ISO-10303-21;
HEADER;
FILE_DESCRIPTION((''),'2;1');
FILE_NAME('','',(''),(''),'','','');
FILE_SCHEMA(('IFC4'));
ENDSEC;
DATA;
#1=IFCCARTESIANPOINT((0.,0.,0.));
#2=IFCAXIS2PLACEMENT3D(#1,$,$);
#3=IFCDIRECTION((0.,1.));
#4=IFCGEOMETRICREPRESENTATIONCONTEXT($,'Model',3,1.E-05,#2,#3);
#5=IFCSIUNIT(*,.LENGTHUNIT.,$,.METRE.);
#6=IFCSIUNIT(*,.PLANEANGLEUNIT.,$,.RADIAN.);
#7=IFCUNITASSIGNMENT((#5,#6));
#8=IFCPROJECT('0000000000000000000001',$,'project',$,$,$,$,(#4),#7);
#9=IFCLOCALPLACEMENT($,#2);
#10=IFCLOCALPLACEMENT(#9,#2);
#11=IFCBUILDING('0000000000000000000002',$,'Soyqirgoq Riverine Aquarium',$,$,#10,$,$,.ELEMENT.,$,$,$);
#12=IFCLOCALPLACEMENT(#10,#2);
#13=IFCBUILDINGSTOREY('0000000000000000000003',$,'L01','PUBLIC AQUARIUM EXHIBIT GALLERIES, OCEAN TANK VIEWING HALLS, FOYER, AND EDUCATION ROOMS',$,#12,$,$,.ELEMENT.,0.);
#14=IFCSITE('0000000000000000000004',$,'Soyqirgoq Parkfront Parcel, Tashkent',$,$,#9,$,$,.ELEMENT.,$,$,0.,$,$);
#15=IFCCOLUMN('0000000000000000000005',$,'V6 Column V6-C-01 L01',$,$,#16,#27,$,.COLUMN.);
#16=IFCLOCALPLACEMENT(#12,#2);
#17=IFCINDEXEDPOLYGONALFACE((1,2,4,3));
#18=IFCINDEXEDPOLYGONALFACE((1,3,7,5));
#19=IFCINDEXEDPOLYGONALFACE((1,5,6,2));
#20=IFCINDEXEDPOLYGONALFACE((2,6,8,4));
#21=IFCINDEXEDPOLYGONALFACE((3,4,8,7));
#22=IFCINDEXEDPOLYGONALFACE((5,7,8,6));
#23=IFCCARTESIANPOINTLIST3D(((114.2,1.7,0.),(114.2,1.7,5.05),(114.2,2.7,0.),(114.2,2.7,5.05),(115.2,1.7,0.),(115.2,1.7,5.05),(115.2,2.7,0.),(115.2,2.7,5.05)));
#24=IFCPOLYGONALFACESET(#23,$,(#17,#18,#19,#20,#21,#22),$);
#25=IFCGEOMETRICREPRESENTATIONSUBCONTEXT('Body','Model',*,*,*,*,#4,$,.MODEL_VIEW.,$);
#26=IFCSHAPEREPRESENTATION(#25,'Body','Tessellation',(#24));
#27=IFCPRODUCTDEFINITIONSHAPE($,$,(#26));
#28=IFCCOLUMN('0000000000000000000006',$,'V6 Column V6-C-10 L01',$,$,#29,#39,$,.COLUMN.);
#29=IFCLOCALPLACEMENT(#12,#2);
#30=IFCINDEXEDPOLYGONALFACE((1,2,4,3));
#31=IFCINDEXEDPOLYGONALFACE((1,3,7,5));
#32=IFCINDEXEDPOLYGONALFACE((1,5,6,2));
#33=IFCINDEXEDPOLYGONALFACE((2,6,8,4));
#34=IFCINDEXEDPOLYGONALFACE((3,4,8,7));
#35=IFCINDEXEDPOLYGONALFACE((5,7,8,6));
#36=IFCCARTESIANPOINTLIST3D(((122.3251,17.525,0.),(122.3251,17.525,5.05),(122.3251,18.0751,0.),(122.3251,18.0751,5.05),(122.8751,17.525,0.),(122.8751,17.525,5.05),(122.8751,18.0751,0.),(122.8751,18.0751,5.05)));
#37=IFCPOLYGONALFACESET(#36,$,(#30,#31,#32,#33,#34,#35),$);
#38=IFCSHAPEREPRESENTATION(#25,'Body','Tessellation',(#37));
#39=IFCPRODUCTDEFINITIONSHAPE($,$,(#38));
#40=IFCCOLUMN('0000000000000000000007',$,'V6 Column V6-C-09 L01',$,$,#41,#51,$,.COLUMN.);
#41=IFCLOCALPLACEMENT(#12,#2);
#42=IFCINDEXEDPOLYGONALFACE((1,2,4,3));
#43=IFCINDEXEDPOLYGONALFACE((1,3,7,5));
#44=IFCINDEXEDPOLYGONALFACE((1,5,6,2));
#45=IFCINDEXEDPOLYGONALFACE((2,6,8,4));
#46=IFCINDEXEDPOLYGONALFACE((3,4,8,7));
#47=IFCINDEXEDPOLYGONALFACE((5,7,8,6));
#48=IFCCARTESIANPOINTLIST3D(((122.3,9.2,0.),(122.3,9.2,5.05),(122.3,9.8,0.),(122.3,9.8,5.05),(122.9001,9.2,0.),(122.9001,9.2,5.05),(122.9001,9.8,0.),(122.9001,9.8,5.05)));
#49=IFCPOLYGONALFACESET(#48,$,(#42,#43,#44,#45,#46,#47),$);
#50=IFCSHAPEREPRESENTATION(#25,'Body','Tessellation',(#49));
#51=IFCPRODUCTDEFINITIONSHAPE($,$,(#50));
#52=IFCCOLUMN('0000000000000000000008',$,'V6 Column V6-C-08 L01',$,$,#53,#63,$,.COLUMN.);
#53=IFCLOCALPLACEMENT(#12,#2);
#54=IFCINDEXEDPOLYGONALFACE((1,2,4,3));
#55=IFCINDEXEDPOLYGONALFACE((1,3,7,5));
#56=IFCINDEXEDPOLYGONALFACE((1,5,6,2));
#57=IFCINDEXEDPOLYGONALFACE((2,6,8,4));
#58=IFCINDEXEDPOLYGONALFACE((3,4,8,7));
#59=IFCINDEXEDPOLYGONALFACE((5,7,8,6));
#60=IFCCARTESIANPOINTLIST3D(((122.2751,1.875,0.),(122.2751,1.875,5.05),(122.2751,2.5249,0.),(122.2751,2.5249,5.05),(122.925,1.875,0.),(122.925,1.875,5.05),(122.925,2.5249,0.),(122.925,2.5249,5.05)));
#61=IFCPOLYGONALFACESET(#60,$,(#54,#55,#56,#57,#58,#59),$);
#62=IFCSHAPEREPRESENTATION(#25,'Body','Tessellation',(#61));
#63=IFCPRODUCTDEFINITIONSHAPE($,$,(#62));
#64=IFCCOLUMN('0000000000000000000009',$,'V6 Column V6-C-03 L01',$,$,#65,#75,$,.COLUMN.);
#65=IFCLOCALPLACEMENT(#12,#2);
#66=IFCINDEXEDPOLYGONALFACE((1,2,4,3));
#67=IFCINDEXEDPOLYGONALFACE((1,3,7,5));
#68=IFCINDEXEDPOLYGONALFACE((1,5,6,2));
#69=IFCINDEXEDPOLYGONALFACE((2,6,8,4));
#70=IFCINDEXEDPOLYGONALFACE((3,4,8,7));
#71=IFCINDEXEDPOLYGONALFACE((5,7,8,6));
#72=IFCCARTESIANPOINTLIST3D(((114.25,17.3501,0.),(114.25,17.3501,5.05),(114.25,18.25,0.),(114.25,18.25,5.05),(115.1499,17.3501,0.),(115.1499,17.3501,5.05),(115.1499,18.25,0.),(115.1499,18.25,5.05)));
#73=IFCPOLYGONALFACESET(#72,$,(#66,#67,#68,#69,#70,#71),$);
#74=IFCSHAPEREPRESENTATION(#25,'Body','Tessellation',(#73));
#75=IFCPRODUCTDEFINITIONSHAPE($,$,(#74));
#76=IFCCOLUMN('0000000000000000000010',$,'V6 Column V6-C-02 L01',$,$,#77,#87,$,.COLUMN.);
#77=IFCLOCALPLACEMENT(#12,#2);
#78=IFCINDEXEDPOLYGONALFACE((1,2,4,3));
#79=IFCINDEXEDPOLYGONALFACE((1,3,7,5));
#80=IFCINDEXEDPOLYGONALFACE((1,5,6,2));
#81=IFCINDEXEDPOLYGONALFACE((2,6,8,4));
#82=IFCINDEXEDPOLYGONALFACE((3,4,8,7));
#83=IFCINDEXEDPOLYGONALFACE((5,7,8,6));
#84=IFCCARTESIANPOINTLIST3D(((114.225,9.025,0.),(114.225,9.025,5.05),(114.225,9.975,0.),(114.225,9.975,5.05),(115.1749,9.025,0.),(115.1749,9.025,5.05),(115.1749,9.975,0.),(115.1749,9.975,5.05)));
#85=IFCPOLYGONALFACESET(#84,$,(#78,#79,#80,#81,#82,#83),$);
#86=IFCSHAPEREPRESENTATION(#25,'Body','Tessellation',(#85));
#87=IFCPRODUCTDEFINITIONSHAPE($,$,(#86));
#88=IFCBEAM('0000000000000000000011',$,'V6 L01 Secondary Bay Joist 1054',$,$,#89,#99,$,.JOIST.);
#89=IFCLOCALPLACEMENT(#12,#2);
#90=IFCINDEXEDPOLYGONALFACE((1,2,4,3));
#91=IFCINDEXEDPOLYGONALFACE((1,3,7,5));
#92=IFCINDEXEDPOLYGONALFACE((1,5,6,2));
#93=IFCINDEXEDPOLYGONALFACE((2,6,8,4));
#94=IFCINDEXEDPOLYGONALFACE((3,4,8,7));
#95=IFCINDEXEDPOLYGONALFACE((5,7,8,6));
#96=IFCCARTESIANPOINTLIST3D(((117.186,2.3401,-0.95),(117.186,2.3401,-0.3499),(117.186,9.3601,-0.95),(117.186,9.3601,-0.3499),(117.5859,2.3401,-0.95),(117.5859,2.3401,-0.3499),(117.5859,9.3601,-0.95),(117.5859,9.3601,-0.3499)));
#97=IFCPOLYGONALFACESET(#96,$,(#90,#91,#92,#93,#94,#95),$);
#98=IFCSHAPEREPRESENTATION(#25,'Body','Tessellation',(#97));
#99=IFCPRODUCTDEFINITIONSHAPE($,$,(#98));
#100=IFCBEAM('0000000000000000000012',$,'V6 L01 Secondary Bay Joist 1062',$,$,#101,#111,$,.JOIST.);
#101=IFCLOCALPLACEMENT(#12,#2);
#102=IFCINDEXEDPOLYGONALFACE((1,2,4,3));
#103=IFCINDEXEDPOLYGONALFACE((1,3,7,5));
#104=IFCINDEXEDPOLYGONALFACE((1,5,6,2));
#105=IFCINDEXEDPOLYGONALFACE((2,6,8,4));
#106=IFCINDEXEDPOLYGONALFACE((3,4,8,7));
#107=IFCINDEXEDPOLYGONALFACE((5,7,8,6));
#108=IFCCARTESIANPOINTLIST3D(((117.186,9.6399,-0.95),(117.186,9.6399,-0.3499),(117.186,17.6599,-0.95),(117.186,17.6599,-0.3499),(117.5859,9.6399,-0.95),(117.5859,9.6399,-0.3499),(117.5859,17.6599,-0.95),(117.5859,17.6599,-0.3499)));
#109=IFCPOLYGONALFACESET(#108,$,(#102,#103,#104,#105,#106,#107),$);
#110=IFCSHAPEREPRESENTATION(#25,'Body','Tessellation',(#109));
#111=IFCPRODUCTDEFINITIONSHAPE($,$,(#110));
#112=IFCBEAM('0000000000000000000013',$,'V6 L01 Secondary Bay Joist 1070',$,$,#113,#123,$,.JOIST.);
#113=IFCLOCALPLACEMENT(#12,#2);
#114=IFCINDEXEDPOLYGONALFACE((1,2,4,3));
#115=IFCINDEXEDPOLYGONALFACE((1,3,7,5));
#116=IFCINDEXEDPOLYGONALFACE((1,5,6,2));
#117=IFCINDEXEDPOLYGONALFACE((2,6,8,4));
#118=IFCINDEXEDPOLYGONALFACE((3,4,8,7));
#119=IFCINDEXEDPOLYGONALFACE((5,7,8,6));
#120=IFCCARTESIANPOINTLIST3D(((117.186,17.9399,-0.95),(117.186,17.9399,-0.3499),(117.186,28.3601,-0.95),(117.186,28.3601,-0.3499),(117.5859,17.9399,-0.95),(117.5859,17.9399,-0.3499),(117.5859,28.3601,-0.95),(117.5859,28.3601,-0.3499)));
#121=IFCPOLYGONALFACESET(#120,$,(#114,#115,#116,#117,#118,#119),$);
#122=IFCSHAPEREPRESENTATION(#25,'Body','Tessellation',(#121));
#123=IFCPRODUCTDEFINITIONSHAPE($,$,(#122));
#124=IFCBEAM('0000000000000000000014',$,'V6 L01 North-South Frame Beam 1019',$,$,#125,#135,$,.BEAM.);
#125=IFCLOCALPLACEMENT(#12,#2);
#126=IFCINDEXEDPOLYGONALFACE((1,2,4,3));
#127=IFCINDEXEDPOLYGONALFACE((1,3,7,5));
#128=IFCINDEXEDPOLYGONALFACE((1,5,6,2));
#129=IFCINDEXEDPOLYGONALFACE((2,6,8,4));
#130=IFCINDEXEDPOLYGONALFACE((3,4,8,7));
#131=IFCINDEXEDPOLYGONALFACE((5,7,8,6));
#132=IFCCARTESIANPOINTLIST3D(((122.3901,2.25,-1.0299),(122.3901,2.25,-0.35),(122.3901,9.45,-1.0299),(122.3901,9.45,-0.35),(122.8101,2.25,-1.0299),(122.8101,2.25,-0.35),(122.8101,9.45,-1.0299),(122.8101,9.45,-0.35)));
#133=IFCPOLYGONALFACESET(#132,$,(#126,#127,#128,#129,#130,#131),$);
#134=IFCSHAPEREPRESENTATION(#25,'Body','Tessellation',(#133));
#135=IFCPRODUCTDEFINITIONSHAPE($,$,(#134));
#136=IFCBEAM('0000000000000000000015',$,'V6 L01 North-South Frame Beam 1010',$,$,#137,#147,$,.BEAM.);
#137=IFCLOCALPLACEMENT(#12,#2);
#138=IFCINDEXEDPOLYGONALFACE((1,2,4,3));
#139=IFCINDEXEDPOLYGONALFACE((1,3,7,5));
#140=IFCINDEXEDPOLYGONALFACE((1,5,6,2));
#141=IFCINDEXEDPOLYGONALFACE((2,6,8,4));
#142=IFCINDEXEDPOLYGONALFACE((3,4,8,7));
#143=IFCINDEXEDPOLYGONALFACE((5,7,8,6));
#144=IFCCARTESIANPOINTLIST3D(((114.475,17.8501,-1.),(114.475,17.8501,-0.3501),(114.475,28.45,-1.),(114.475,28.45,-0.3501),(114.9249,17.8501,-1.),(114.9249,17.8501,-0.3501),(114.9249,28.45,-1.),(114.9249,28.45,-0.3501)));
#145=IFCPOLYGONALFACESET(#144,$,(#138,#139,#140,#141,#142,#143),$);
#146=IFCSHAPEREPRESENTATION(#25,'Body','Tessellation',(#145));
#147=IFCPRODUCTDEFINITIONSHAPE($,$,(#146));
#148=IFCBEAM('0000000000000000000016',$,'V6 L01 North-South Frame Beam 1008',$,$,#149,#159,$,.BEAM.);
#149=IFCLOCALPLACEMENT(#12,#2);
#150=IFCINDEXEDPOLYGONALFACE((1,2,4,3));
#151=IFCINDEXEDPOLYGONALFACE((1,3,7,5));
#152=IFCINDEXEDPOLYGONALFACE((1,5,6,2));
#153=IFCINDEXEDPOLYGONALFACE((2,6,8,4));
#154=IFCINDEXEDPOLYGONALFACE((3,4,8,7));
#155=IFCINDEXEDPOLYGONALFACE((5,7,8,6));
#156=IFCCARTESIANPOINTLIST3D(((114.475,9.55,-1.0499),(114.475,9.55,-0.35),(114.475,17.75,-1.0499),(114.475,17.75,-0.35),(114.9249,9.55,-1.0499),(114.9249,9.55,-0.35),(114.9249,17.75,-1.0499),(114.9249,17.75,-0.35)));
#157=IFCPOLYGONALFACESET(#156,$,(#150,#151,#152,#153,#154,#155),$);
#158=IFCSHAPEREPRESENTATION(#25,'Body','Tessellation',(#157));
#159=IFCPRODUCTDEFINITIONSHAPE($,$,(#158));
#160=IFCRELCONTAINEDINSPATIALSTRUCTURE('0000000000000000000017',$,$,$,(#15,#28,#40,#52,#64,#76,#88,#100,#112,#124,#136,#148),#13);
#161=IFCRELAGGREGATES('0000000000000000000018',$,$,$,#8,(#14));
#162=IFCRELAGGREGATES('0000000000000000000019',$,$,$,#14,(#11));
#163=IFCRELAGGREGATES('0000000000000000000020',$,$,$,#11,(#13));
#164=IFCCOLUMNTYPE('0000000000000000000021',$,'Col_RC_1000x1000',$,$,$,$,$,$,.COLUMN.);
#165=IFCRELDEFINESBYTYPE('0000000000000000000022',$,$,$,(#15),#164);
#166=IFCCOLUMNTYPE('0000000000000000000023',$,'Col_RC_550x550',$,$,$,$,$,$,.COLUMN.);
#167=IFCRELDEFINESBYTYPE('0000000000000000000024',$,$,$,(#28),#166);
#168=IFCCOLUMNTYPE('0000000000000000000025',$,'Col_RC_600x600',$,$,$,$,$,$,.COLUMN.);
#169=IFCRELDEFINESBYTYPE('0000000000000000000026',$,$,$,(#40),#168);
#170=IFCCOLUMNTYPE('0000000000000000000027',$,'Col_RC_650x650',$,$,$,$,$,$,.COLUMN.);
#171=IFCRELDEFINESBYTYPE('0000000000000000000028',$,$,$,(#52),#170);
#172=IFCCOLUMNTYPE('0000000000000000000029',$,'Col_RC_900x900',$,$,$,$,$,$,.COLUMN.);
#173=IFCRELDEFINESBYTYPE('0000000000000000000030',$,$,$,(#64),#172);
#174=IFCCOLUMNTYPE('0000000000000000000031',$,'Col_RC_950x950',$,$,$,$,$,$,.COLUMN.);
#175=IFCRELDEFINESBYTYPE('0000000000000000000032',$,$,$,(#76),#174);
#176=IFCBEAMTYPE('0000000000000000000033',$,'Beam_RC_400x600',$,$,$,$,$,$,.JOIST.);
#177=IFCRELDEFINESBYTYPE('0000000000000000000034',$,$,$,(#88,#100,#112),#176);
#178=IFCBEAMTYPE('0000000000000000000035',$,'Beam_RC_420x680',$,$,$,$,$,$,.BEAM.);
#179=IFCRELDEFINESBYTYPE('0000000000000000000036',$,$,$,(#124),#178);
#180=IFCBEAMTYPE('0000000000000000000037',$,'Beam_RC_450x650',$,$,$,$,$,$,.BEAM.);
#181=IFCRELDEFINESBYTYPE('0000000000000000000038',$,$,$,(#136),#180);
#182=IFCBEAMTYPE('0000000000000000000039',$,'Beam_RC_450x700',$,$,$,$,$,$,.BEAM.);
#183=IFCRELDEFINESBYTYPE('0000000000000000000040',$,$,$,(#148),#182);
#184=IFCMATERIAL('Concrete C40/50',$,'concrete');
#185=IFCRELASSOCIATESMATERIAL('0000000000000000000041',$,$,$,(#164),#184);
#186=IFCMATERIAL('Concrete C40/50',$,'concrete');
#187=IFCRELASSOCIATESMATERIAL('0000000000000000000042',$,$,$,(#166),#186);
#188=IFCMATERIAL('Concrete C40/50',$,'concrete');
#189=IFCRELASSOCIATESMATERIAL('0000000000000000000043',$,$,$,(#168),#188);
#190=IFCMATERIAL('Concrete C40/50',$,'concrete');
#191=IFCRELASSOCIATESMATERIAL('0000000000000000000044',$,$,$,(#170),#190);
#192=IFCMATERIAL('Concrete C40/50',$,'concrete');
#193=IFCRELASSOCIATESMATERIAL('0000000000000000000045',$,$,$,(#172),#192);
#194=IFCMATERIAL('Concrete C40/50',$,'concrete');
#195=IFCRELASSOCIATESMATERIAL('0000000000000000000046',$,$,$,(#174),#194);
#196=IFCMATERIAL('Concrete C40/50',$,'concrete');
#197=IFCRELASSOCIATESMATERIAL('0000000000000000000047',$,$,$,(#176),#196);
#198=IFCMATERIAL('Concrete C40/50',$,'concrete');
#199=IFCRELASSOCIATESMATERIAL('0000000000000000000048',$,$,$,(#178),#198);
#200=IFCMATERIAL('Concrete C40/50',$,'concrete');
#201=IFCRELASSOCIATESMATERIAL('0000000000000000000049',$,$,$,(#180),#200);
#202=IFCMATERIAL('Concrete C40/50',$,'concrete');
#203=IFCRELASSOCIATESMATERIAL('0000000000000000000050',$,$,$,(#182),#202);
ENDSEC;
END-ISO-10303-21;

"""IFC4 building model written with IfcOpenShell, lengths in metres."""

from ifc_helpers import new_model, si_unit, direction, frame, origin, origin_2d, place, context, subcontext, project, spatial, rectangle, extrude, material, material_profile, profile_set, type_object, element, save


model = new_model("IFC4")

# Units and contexts
model_context = context("Model", 3, precision=1e-05, world=origin(), true_north=direction((0.0, 1.0)))
body_context = subcontext(model_context, "Body", "Model", "MODEL_VIEW")
ifc_project = project(units=[si_unit("LENGTHUNIT", "METRE"), si_unit("PLANEANGLEUNIT", "RADIAN")], contexts=[model_context])

# Site, building, storey
site_placement = place(None, origin())
site = spatial("IfcSite", under=ifc_project, at=site_placement, Name="Soyqirgoq Parkfront Parcel, Tashkent", CompositionType="ELEMENT", RefElevation=0.0)
building_placement = place(site_placement, origin())
building = spatial("IfcBuilding", under=site, at=building_placement, Name="Soyqirgoq Riverine Aquarium", CompositionType="ELEMENT")
storey_placement = place(building_placement, origin())
storey = spatial("IfcBuildingStorey", under=building, at=storey_placement, Name="L01", Description="PUBLIC AQUARIUM EXHIBIT GALLERIES, OCEAN TANK VIEWING HALLS, FOYER, AND EDUCATION ROOMS", CompositionType="ELEMENT", Elevation=0.0)

# Columns
ifc_material_1 = material(Name="Concrete C40/50", Category="concrete")
ifc_material_profile_1 = material_profile(ifc_material_1, rectangle(XDim=1.0, YDim=1.0, at=origin_2d()), Name="RC 1000x1000")
ifc_profile_set_1 = profile_set([ifc_material_profile_1], Name="Concrete C40/50")
column_type_1 = type_object("IfcColumnType", Name="Col_RC_1000x1000", PredefinedType="COLUMN", material=ifc_profile_set_1)
column_1_placement = place(storey_placement, frame((114.7, 2.2, 0.0), z_axis=(0.0, 0.0, 1.0), x_axis=(1.0, 0.0, 0.0)))
element("IfcColumn", 1, at=column_1_placement, inside=storey, type_object=column_type_1, Name="V6 Column V6-C-01 L01", PredefinedType="COLUMN", context=body_context, shape_type="SweptSolid", body=[
    extrude(rectangle(XDim=1.0, YDim=1.0, at=origin_2d()), origin(), (0.0, 0.0, 1.0), 5.05),
])
ifc_material_2 = material(Name="Concrete C40/50", Category="concrete")
ifc_material_profile_2 = material_profile(ifc_material_2, rectangle(XDim=0.55, YDim=0.55, at=origin_2d()), Name="RC 550x550")
ifc_profile_set_2 = profile_set([ifc_material_profile_2], Name="Concrete C40/50")
column_type_2 = type_object("IfcColumnType", Name="Col_RC_550x550", PredefinedType="COLUMN", material=ifc_profile_set_2)
column_2_placement = place(storey_placement, frame((122.6001, 17.8, 0.0), z_axis=(0.0, 0.0, 1.0), x_axis=(1.0, 0.0, 0.0)))
element("IfcColumn", 2, at=column_2_placement, inside=storey, type_object=column_type_2, Name="V6 Column V6-C-10 L01", PredefinedType="COLUMN", context=body_context, shape_type="SweptSolid", body=[
    extrude(rectangle(XDim=0.55, YDim=0.55, at=origin_2d()), origin(), (0.0, 0.0, 1.0), 5.05),
])
ifc_material_3 = material(Name="Concrete C40/50", Category="concrete")
ifc_material_profile_3 = material_profile(ifc_material_3, rectangle(XDim=0.6001, YDim=0.6001, at=origin_2d()), Name="RC 600x600")
ifc_profile_set_3 = profile_set([ifc_material_profile_3], Name="Concrete C40/50")
column_type_3 = type_object("IfcColumnType", Name="Col_RC_600x600", PredefinedType="COLUMN", material=ifc_profile_set_3)
column_3_placement = place(storey_placement, frame((122.6001, 9.5, 0.0), z_axis=(0.0, 0.0, 1.0), x_axis=(1.0, 0.0, 0.0)))
element("IfcColumn", 3, at=column_3_placement, inside=storey, type_object=column_type_3, Name="V6 Column V6-C-09 L01", PredefinedType="COLUMN", context=body_context, shape_type="SweptSolid", body=[
    extrude(rectangle(XDim=0.6001, YDim=0.6001, at=origin_2d()), origin(), (0.0, 0.0, 1.0), 5.05),
])
ifc_material_4 = material(Name="Concrete C40/50", Category="concrete")
ifc_material_profile_4 = material_profile(ifc_material_4, rectangle(XDim=0.6499, YDim=0.6499, at=origin_2d()), Name="RC 650x650")
ifc_profile_set_4 = profile_set([ifc_material_profile_4], Name="Concrete C40/50")
column_type_4 = type_object("IfcColumnType", Name="Col_RC_650x650", PredefinedType="COLUMN", material=ifc_profile_set_4)
column_4_placement = place(storey_placement, frame((122.6001, 2.2, 0.0), z_axis=(0.0, 0.0, 1.0), x_axis=(1.0, 0.0, 0.0)))
element("IfcColumn", 4, at=column_4_placement, inside=storey, type_object=column_type_4, Name="V6 Column V6-C-08 L01", PredefinedType="COLUMN", context=body_context, shape_type="SweptSolid", body=[
    extrude(rectangle(XDim=0.6499, YDim=0.6499, at=origin_2d()), origin(), (0.0, 0.0, 1.0), 5.05),
])
ifc_material_5 = material(Name="Concrete C40/50", Category="concrete")
ifc_material_profile_5 = material_profile(ifc_material_5, rectangle(XDim=0.8999, YDim=0.8999, at=origin_2d()), Name="RC 900x900")
ifc_profile_set_5 = profile_set([ifc_material_profile_5], Name="Concrete C40/50")
column_type_5 = type_object("IfcColumnType", Name="Col_RC_900x900", PredefinedType="COLUMN", material=ifc_profile_set_5)
column_5_placement = place(storey_placement, frame((114.7, 17.8, 0.0), z_axis=(0.0, 0.0, 1.0), x_axis=(1.0, 0.0, 0.0)))
element("IfcColumn", 5, at=column_5_placement, inside=storey, type_object=column_type_5, Name="V6 Column V6-C-03 L01", PredefinedType="COLUMN", context=body_context, shape_type="SweptSolid", body=[
    extrude(rectangle(XDim=0.8999, YDim=0.8999, at=origin_2d()), origin(), (0.0, 0.0, 1.0), 5.05),
])
ifc_material_6 = material(Name="Concrete C40/50", Category="concrete")
ifc_material_profile_6 = material_profile(ifc_material_6, rectangle(XDim=0.95, YDim=0.95, at=origin_2d()), Name="RC 950x950")
ifc_profile_set_6 = profile_set([ifc_material_profile_6], Name="Concrete C40/50")
column_type_6 = type_object("IfcColumnType", Name="Col_RC_950x950", PredefinedType="COLUMN", material=ifc_profile_set_6)
column_6_placement = place(storey_placement, frame((114.7, 9.5, 0.0), z_axis=(0.0, 0.0, 1.0), x_axis=(1.0, 0.0, 0.0)))
element("IfcColumn", 6, at=column_6_placement, inside=storey, type_object=column_type_6, Name="V6 Column V6-C-02 L01", PredefinedType="COLUMN", context=body_context, shape_type="SweptSolid", body=[
    extrude(rectangle(XDim=0.95, YDim=0.95, at=origin_2d()), origin(), (0.0, 0.0, 1.0), 5.05),
])

# Beams
ifc_material_7 = material(Name="Concrete C40/50", Category="concrete")
ifc_material_profile_7 = material_profile(ifc_material_7, rectangle(XDim=0.3999, YDim=0.6001, at=origin_2d()), Name="RC 400x600")
ifc_profile_set_7 = profile_set([ifc_material_profile_7], Name="Concrete C40/50")
beam_type_1 = type_object("IfcBeamType", Name="Beam_RC_400x600", PredefinedType="JOIST", material=ifc_profile_set_7)
beam_1_placement = place(storey_placement, frame((117.386, 2.3401, -0.6499), z_axis=(0.0, 1.0, 0.0), x_axis=(-1.0, 0.0, 0.0)))
element("IfcBeam", 7, at=beam_1_placement, inside=storey, type_object=beam_type_1, Name="V6 L01 Secondary Bay Joist 1054", PredefinedType="JOIST", context=body_context, shape_type="SweptSolid", body=[
    extrude(rectangle(XDim=0.3999, YDim=0.6001, at=origin_2d()), origin(), (0.0, 0.0, 1.0), 7.02),
])
beam_2_placement = place(storey_placement, frame((117.386, 9.6399, -0.6499), z_axis=(0.0, 1.0, 0.0), x_axis=(-1.0, 0.0, 0.0)))
element("IfcBeam", 8, at=beam_2_placement, inside=storey, type_object=beam_type_1, Name="V6 L01 Secondary Bay Joist 1062", PredefinedType="JOIST", context=body_context, shape_type="SweptSolid", body=[
    extrude(rectangle(XDim=0.3999, YDim=0.6001, at=origin_2d()), origin(), (0.0, 0.0, 1.0), 8.02),
])
beam_3_placement = place(storey_placement, frame((117.386, 17.9399, -0.6499), z_axis=(0.0, 1.0, 0.0), x_axis=(-1.0, 0.0, 0.0)))
element("IfcBeam", 9, at=beam_3_placement, inside=storey, type_object=beam_type_1, Name="V6 L01 Secondary Bay Joist 1070", PredefinedType="JOIST", context=body_context, shape_type="SweptSolid", body=[
    extrude(rectangle(XDim=0.3999, YDim=0.6001, at=origin_2d()), origin(), (0.0, 0.0, 1.0), 10.4202),
])
ifc_material_8 = material(Name="Concrete C40/50", Category="concrete")
ifc_material_profile_8 = material_profile(ifc_material_8, rectangle(XDim=0.4199, YDim=0.6799, at=origin_2d()), Name="RC 420x680")
ifc_profile_set_8 = profile_set([ifc_material_profile_8], Name="Concrete C40/50")
beam_type_2 = type_object("IfcBeamType", Name="Beam_RC_420x680", PredefinedType="BEAM", material=ifc_profile_set_8)
beam_4_placement = place(storey_placement, frame((122.6001, 2.25, -0.6899), z_axis=(0.0, 1.0, 0.0), x_axis=(-1.0, 0.0, 0.0)))
element("IfcBeam", 10, at=beam_4_placement, inside=storey, type_object=beam_type_2, Name="V6 L01 North-South Frame Beam 1019", PredefinedType="BEAM", context=body_context, shape_type="SweptSolid", body=[
    extrude(rectangle(XDim=0.4199, YDim=0.6799, at=origin_2d()), origin(), (0.0, 0.0, 1.0), 7.2),
])
ifc_material_9 = material(Name="Concrete C40/50", Category="concrete")
ifc_material_profile_9 = material_profile(ifc_material_9, rectangle(XDim=0.45, YDim=0.6499, at=origin_2d()), Name="RC 450x650")
ifc_profile_set_9 = profile_set([ifc_material_profile_9], Name="Concrete C40/50")
beam_type_3 = type_object("IfcBeamType", Name="Beam_RC_450x650", PredefinedType="BEAM", material=ifc_profile_set_9)
beam_5_placement = place(storey_placement, frame((114.7, 17.8501, -0.675), z_axis=(0.0, 1.0, 0.0), x_axis=(-1.0, 0.0, 0.0)))
element("IfcBeam", 11, at=beam_5_placement, inside=storey, type_object=beam_type_3, Name="V6 L01 North-South Frame Beam 1010", PredefinedType="BEAM", context=body_context, shape_type="SweptSolid", body=[
    extrude(rectangle(XDim=0.45, YDim=0.6499, at=origin_2d()), origin(), (0.0, 0.0, 1.0), 10.5999),
])
ifc_material_10 = material(Name="Concrete C40/50", Category="concrete")
ifc_material_profile_10 = material_profile(ifc_material_10, rectangle(XDim=0.45, YDim=0.7, at=origin_2d()), Name="RC 450x700")
ifc_profile_set_10 = profile_set([ifc_material_profile_10], Name="Concrete C40/50")
beam_type_4 = type_object("IfcBeamType", Name="Beam_RC_450x700", PredefinedType="BEAM", material=ifc_profile_set_10)
beam_6_placement = place(storey_placement, frame((114.7, 9.55, -0.7), z_axis=(0.0, 1.0, 0.0), x_axis=(-1.0, 0.0, 0.0)))
element("IfcBeam", 12, at=beam_6_placement, inside=storey, type_object=beam_type_4, Name="V6 L01 North-South Frame Beam 1008", PredefinedType="BEAM", context=body_context, shape_type="SweptSolid", body=[
    extrude(rectangle(XDim=0.45, YDim=0.7, at=origin_2d()), origin(), (0.0, 0.0, 1.0), 8.2),
])

save(model, "model.ifc")
